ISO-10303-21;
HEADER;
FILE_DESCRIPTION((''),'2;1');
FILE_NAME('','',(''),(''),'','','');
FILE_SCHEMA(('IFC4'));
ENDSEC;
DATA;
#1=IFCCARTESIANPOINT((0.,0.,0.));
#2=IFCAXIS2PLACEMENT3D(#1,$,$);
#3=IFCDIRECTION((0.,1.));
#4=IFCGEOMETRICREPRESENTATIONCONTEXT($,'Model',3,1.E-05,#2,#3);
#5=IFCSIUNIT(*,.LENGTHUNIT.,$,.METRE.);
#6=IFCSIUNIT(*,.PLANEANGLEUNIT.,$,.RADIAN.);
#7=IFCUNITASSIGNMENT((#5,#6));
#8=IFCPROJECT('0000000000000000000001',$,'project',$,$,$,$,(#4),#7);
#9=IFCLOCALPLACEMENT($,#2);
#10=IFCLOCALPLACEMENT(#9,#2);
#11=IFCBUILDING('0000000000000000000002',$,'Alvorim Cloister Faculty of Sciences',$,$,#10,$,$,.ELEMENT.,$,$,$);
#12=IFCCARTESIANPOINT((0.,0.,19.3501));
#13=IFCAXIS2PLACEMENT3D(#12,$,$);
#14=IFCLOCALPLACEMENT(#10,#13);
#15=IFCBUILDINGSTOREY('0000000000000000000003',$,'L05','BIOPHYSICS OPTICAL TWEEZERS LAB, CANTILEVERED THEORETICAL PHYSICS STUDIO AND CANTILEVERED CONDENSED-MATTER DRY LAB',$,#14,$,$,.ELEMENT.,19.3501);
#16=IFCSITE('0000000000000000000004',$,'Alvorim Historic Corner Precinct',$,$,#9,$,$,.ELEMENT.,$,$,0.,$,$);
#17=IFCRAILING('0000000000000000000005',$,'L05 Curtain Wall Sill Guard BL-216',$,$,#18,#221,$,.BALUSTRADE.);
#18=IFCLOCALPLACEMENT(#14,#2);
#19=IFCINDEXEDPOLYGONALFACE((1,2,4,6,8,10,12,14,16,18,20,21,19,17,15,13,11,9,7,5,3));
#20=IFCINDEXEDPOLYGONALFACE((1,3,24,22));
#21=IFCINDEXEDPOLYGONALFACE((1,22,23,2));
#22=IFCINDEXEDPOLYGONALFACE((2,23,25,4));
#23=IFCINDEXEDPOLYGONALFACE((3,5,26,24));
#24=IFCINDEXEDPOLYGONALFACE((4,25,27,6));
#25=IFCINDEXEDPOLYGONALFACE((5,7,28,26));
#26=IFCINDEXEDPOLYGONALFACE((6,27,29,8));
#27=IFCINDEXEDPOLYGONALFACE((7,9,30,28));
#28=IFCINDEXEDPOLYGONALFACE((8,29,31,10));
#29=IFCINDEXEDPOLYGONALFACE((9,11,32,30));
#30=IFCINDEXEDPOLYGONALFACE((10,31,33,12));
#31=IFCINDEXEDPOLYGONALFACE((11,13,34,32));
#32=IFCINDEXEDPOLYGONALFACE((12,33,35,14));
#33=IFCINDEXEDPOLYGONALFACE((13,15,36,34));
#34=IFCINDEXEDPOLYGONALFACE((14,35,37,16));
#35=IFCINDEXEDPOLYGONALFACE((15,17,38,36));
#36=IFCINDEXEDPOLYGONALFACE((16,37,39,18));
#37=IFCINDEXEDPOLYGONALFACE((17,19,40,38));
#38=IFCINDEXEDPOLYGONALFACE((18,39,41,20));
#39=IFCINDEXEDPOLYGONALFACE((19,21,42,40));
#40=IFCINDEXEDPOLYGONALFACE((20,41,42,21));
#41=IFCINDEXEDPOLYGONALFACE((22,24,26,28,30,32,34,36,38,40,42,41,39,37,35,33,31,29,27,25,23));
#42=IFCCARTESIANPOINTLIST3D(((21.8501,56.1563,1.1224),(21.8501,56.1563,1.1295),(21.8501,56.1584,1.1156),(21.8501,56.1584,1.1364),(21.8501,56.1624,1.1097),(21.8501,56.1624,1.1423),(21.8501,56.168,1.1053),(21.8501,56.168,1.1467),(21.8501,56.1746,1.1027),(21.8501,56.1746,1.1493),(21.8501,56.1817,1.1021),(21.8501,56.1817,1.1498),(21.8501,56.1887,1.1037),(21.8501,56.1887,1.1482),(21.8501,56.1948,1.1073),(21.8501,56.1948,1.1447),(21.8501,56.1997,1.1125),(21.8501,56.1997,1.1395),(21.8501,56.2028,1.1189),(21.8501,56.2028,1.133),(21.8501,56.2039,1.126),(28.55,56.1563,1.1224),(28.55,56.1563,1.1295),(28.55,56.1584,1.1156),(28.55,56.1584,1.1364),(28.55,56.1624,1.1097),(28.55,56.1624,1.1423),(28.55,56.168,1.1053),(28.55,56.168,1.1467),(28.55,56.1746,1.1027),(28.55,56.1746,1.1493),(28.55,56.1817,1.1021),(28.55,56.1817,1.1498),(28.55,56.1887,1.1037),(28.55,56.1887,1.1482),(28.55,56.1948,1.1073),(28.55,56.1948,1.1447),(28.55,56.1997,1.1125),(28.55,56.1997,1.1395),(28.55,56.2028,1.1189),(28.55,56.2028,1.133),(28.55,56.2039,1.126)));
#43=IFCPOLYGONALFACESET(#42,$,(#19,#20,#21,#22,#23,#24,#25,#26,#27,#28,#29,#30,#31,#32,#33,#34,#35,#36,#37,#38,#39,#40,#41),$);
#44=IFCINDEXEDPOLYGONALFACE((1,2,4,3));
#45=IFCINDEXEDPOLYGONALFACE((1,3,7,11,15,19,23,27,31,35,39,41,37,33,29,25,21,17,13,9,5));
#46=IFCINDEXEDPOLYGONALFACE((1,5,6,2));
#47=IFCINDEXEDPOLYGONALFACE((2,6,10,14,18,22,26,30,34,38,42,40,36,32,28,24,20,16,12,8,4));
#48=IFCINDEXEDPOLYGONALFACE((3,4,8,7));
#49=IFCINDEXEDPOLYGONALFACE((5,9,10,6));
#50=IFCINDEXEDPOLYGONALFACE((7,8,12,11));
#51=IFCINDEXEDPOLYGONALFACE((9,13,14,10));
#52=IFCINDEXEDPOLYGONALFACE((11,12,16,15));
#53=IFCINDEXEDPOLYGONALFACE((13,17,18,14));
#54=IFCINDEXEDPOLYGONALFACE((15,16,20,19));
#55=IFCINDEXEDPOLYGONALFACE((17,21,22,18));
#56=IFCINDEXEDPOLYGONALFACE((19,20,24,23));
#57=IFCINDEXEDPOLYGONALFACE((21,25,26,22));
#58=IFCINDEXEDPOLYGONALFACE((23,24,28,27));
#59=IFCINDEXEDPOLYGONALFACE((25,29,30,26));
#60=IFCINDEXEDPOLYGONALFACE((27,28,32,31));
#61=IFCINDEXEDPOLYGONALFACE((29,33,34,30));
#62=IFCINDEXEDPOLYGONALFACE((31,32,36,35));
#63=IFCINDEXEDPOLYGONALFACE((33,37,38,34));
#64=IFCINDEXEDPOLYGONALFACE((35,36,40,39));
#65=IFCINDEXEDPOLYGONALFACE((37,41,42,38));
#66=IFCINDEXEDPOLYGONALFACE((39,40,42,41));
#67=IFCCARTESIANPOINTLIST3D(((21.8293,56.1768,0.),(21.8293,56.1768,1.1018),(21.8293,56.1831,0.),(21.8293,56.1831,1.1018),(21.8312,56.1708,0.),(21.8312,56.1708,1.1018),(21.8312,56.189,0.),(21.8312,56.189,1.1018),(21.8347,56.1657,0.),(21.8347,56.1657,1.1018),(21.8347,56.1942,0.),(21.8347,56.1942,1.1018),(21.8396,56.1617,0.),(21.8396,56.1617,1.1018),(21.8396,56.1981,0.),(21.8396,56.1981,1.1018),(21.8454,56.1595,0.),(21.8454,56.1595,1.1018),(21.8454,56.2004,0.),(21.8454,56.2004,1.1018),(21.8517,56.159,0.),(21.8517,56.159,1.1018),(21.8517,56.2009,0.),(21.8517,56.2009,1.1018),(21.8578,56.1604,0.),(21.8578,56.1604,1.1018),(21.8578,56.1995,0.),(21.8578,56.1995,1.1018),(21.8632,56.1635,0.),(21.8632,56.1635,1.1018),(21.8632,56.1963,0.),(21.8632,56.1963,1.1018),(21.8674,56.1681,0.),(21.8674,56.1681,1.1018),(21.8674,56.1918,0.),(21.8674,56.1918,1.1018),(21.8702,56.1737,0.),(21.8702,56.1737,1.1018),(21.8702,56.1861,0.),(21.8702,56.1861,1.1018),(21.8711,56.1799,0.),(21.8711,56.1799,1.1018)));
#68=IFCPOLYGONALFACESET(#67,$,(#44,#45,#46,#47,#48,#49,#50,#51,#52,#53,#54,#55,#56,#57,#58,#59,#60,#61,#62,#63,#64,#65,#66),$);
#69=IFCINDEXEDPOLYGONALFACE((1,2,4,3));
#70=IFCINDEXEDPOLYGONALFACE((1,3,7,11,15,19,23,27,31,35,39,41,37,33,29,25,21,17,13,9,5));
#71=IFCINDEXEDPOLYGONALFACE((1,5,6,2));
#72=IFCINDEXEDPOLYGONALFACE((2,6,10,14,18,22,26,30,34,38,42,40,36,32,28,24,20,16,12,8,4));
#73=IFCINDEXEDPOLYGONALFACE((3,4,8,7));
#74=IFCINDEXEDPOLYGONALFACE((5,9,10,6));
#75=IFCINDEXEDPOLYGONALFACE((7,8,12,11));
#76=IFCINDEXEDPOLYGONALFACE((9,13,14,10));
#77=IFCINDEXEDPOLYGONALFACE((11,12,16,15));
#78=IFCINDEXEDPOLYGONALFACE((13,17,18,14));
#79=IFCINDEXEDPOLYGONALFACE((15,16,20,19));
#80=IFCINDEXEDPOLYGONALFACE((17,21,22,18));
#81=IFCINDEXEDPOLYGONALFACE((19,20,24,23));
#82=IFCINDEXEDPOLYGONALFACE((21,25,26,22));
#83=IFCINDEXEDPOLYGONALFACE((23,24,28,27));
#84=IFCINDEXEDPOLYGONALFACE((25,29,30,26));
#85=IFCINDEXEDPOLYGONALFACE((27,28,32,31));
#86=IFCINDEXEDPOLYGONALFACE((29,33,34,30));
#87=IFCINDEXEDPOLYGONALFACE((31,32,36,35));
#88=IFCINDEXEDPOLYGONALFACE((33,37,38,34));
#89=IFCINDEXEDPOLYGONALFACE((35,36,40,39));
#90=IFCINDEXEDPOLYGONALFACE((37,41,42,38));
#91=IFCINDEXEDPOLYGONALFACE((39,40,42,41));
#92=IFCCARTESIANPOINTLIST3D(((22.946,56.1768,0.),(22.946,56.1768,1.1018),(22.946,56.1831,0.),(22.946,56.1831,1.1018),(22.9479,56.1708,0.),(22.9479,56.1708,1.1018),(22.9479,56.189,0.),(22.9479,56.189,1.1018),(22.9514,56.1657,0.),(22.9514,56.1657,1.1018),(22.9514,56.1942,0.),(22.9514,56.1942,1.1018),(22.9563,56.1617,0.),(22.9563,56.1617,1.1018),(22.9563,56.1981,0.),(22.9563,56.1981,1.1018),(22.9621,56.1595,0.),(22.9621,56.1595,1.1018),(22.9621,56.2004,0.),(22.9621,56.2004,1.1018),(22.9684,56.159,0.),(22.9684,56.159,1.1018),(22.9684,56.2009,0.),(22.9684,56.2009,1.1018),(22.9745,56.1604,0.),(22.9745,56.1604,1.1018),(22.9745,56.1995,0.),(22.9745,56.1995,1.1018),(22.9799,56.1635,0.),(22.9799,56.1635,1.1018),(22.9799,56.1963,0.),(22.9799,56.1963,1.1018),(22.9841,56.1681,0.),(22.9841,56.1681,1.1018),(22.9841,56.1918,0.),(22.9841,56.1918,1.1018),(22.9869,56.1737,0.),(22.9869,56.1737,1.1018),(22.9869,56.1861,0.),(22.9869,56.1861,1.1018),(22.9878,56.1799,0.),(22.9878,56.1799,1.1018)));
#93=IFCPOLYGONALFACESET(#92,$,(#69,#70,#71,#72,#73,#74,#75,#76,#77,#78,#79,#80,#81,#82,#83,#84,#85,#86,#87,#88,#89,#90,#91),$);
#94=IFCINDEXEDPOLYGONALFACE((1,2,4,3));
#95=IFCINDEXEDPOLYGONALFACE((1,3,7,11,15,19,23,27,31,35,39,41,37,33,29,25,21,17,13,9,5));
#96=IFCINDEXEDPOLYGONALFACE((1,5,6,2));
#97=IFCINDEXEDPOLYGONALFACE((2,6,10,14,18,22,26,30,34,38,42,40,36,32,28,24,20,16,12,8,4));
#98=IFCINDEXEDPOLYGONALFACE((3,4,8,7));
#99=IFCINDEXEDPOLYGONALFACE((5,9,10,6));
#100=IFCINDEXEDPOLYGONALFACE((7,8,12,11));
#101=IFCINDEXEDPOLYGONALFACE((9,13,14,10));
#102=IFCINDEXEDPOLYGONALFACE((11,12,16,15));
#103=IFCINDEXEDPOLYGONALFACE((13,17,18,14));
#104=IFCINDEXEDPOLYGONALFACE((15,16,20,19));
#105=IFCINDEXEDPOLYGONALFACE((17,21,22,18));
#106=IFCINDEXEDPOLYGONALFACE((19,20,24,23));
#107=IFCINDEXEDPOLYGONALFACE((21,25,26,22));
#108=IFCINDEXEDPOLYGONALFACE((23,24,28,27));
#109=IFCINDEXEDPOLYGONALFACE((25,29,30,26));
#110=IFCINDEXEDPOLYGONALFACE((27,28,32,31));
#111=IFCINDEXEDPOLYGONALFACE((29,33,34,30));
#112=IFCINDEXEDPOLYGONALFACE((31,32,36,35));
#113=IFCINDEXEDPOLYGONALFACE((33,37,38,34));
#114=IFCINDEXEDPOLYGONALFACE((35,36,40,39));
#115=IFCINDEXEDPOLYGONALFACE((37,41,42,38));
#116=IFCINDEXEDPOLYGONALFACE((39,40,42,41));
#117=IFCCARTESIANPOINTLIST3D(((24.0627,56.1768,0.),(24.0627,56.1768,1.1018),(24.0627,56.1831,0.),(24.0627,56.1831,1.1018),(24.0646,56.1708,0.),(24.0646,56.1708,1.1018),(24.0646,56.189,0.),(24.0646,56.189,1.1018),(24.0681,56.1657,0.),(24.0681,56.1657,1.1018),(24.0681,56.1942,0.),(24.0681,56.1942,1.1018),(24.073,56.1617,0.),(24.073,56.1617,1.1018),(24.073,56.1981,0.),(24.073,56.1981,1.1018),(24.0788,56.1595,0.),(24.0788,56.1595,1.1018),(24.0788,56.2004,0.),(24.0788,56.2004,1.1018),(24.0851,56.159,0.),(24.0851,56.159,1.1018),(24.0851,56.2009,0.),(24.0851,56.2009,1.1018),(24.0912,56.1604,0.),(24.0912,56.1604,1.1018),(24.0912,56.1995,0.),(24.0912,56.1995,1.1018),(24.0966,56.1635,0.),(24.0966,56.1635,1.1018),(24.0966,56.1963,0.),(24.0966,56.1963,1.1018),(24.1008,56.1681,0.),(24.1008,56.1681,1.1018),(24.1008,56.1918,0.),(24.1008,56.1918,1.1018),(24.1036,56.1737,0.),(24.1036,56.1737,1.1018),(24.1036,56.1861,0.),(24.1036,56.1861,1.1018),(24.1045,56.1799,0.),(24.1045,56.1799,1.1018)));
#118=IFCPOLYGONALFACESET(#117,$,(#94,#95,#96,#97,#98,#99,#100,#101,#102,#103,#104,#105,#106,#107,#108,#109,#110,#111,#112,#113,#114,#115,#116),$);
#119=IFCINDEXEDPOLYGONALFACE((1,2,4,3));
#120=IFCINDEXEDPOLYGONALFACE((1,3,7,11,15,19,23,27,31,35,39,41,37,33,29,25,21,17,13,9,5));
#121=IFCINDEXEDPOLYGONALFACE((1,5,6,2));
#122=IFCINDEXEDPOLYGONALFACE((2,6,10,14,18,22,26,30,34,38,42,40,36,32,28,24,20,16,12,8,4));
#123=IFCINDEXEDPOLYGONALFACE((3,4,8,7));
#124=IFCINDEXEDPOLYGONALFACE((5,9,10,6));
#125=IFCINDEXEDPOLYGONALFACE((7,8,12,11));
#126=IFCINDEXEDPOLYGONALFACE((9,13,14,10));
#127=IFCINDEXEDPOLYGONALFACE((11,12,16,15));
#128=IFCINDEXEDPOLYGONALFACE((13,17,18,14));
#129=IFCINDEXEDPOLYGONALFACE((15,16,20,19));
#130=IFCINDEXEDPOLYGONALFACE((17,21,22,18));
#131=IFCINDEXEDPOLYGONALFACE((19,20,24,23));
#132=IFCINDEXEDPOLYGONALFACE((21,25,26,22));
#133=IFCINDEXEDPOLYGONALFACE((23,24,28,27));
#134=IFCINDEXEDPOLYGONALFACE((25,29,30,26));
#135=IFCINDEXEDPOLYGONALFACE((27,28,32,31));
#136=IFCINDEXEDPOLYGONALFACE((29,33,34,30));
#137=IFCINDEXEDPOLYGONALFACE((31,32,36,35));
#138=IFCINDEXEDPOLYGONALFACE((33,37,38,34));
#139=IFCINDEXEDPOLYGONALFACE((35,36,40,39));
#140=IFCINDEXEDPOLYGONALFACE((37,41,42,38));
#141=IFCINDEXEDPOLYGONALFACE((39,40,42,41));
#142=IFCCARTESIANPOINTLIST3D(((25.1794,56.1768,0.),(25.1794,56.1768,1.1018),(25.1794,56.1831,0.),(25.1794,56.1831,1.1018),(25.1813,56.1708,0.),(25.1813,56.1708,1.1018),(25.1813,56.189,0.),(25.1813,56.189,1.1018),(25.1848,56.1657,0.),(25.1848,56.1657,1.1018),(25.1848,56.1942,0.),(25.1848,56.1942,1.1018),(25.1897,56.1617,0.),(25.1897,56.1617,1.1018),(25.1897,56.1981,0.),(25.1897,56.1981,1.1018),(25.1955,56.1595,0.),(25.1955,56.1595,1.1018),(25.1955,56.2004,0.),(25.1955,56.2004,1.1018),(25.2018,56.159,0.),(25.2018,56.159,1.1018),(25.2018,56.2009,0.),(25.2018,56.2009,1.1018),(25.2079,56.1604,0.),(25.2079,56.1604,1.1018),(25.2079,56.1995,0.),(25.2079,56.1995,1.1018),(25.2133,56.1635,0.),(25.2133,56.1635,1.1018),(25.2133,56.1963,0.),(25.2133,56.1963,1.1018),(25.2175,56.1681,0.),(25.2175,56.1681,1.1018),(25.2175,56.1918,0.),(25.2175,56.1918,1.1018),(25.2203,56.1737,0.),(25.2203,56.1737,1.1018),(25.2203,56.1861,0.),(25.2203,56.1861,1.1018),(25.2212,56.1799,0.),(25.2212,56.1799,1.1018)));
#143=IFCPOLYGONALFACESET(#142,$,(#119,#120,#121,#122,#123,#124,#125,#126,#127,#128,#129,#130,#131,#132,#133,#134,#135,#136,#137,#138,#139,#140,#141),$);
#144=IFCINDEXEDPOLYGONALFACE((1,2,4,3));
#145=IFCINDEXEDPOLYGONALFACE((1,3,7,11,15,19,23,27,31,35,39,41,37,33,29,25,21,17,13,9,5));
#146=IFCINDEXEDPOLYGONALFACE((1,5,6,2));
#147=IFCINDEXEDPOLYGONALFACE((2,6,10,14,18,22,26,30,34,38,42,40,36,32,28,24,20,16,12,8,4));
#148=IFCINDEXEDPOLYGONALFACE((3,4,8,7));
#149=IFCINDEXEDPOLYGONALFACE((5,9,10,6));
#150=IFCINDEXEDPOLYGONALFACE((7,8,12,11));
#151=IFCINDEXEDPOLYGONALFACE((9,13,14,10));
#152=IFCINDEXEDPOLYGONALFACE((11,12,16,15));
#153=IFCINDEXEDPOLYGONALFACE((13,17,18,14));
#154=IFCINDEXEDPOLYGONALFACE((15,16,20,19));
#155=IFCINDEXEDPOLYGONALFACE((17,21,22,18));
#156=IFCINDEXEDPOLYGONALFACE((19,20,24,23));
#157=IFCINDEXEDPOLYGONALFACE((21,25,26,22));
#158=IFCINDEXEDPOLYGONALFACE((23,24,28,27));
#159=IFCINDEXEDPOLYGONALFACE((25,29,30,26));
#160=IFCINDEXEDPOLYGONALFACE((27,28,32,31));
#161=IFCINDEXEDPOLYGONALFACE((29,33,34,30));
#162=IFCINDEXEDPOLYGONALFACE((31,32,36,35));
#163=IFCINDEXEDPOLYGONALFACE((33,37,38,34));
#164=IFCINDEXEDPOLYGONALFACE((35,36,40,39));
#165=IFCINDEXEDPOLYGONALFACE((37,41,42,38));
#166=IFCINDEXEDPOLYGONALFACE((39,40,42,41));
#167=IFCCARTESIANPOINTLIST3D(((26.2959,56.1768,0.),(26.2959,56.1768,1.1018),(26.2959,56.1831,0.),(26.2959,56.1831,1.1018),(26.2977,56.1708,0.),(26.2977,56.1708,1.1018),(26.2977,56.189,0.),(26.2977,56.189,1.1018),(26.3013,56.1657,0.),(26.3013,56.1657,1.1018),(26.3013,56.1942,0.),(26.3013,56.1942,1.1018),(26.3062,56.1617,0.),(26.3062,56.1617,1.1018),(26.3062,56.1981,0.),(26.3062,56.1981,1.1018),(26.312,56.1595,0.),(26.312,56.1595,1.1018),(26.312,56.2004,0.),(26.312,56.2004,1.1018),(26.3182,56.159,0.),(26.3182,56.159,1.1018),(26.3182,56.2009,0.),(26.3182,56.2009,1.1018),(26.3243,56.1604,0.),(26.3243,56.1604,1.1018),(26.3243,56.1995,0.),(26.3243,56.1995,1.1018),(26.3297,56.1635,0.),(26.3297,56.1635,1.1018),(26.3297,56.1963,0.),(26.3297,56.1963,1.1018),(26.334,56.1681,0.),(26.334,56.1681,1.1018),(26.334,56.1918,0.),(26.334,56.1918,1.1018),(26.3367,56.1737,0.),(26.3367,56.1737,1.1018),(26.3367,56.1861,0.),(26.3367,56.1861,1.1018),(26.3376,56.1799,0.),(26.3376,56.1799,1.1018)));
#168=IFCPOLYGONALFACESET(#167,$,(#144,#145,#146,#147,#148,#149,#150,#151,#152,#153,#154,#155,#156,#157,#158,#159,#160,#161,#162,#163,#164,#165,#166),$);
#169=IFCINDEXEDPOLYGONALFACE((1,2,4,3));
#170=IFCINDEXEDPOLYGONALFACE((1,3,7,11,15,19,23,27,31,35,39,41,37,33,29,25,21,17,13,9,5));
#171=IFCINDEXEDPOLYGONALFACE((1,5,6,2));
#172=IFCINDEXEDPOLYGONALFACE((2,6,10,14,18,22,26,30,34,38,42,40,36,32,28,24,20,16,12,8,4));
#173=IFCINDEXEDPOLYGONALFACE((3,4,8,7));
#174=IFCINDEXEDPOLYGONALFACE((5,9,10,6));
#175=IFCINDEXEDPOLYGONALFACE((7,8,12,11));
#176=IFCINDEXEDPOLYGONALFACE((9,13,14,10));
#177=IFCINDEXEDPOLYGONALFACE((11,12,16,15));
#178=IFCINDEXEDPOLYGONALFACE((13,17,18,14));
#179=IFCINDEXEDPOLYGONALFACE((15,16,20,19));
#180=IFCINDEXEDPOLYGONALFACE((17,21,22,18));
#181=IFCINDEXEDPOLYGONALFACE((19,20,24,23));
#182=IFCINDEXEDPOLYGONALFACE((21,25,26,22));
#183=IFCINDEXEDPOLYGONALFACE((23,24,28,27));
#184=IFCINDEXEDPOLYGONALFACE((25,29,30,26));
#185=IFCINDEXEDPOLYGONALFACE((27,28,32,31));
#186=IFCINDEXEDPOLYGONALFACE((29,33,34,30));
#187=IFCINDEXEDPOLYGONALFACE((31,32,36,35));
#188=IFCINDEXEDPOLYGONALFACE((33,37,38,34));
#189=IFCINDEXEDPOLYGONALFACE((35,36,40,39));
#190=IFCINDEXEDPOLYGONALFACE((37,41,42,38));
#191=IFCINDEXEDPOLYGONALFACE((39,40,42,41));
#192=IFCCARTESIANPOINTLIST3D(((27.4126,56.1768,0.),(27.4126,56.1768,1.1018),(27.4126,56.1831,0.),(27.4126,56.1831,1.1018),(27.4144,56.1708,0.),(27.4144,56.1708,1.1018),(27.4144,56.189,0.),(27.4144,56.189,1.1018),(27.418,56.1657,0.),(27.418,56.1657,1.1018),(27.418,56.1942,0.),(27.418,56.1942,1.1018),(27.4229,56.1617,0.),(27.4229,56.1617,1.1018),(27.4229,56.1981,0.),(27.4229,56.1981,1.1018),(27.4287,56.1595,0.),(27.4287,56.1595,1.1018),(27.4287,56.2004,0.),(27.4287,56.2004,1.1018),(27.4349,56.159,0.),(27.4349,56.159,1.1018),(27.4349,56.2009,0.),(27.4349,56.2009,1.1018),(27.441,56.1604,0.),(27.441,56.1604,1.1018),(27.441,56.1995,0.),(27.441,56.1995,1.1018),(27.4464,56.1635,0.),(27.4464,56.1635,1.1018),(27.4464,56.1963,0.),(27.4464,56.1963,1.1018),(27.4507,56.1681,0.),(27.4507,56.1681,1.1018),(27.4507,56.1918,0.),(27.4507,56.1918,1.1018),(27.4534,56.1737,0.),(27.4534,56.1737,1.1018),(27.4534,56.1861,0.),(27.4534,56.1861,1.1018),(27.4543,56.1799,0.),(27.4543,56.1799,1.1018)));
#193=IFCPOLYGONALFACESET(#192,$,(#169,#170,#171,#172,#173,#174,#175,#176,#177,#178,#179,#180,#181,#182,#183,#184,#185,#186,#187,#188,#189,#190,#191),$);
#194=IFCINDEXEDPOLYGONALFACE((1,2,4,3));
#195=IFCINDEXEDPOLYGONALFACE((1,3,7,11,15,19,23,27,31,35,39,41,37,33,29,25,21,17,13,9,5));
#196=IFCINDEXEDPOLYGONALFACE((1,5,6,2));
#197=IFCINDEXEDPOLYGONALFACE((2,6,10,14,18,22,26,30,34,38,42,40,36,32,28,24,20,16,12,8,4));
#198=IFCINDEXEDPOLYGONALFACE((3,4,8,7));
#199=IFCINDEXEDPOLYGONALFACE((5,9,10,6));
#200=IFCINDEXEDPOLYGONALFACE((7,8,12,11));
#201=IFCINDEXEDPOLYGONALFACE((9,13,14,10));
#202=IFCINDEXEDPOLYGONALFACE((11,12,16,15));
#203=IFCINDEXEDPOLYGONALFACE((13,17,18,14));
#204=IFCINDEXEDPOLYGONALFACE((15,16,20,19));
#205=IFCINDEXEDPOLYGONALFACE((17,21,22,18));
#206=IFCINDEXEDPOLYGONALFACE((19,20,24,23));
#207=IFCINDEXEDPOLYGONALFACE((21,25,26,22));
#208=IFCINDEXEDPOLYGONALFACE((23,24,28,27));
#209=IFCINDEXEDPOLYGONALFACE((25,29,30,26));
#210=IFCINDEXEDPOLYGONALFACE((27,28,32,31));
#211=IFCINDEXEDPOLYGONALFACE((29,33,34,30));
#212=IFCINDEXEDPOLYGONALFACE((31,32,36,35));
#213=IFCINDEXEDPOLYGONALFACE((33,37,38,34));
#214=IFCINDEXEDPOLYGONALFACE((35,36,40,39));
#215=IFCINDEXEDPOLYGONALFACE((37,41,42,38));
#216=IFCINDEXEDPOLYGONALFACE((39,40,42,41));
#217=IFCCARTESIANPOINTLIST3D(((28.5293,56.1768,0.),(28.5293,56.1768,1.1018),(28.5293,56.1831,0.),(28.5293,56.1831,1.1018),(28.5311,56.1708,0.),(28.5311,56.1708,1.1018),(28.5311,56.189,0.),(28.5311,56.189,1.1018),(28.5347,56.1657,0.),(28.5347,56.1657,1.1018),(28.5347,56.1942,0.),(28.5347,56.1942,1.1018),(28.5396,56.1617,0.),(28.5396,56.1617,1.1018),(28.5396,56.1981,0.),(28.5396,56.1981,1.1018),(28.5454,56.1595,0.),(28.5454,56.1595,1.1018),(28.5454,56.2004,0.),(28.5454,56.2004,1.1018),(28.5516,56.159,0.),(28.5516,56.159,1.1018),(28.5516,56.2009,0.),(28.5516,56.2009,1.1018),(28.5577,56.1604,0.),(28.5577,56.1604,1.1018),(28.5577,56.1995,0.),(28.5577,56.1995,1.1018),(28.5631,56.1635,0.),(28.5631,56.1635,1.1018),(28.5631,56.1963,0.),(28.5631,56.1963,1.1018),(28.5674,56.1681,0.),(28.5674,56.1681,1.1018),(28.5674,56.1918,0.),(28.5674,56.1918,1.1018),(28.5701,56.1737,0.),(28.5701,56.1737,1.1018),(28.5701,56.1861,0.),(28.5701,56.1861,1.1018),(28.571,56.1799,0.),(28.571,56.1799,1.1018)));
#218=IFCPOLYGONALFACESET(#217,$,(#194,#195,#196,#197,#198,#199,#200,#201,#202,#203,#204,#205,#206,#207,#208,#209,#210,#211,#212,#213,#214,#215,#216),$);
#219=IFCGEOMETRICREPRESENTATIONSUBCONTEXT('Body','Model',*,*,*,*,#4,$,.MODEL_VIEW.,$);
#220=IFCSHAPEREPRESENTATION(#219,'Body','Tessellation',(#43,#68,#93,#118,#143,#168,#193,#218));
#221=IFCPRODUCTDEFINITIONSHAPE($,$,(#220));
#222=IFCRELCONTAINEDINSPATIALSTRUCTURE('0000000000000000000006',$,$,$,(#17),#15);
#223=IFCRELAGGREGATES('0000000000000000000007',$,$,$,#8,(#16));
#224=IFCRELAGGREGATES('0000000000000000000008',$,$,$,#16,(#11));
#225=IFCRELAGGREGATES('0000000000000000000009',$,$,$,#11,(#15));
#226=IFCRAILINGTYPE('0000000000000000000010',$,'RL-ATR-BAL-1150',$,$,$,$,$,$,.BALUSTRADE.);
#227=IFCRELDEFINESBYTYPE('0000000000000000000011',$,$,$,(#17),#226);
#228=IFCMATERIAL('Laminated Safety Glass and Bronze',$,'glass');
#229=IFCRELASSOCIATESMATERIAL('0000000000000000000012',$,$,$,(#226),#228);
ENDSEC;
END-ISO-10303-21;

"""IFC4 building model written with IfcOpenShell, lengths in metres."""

from ifc_helpers import new_model, si_unit, direction, frame, origin, origin_2d, place, context, subcontext, project, spatial, circle, extrude, material, type_object, element, save


model = new_model("IFC4")

# Units and contexts
model_context = context("Model", 3, precision=1e-05, world=origin(), true_north=direction((0.0, 1.0)))
body_context = subcontext(model_context, "Body", "Model", "MODEL_VIEW")
ifc_project = project(units=[si_unit("LENGTHUNIT", "METRE"), si_unit("PLANEANGLEUNIT", "RADIAN")], contexts=[model_context])

# Site, building, storey
site_placement = place(None, origin())
site = spatial("IfcSite", under=ifc_project, at=site_placement, Name="Alvorim Historic Corner Precinct", CompositionType="ELEMENT", RefElevation=0.0)
building_placement = place(site_placement, origin())
building = spatial("IfcBuilding", under=site, at=building_placement, Name="Alvorim Cloister Faculty of Sciences", CompositionType="ELEMENT")
storey_placement = place(building_placement, frame((0.0, 0.0, 19.3501)))
storey = spatial("IfcBuildingStorey", under=building, at=storey_placement, Name="L05", Description="BIOPHYSICS OPTICAL TWEEZERS LAB, CANTILEVERED THEORETICAL PHYSICS STUDIO AND CANTILEVERED CONDENSED-MATTER DRY LAB", CompositionType="ELEMENT", Elevation=19.3501)

# Railing
ifc_material_1 = material(Name="Laminated Safety Glass and Bronze", Category="glass")
railing_type = type_object("IfcRailingType", Name="RL-ATR-BAL-1150", PredefinedType="BALUSTRADE", material=ifc_material_1)
railing_1_placement = place(storey_placement, frame((21.8501, 56.1799, 0.0)))
element("IfcRailing", 1, at=railing_1_placement, inside=storey, type_object=railing_type, Name="L05 Curtain Wall Sill Guard BL-216", PredefinedType="BALUSTRADE", context=body_context, shape_type="SweptSolid", body=[
    extrude(circle(Radius=0.0239, at=origin_2d()), frame((0.0, 0.0, 1.126), z_axis=(1.0, 0.0, 0.0), x_axis=(0.0, 1.0, 0.0)), (0.0, 0.0, 1.0), 6.7),
    extrude(circle(Radius=0.021, at=origin_2d()), origin(), (0.0, 0.0, 1.0), 1.1018),
    extrude(circle(Radius=0.021, at=origin_2d()), frame((1.1167, 0.0, 0.0)), (0.0, 0.0, 1.0), 1.1018),
    extrude(circle(Radius=0.021, at=origin_2d()), frame((2.2334, 0.0, 0.0)), (0.0, 0.0, 1.0), 1.1018),
    extrude(circle(Radius=0.021, at=origin_2d()), frame((3.3501, 0.0, 0.0)), (0.0, 0.0, 1.0), 1.1018),
    extrude(circle(Radius=0.021, at=origin_2d()), frame((4.4666, 0.0, 0.0)), (0.0, 0.0, 1.0), 1.1018),
    extrude(circle(Radius=0.021, at=origin_2d()), frame((5.5833, 0.0, 0.0)), (0.0, 0.0, 1.0), 1.1018),
    extrude(circle(Radius=0.021, at=origin_2d()), frame((6.7, 0.0, 0.0)), (0.0, 0.0, 1.0), 1.1018),
])

save(model, "model.ifc")
